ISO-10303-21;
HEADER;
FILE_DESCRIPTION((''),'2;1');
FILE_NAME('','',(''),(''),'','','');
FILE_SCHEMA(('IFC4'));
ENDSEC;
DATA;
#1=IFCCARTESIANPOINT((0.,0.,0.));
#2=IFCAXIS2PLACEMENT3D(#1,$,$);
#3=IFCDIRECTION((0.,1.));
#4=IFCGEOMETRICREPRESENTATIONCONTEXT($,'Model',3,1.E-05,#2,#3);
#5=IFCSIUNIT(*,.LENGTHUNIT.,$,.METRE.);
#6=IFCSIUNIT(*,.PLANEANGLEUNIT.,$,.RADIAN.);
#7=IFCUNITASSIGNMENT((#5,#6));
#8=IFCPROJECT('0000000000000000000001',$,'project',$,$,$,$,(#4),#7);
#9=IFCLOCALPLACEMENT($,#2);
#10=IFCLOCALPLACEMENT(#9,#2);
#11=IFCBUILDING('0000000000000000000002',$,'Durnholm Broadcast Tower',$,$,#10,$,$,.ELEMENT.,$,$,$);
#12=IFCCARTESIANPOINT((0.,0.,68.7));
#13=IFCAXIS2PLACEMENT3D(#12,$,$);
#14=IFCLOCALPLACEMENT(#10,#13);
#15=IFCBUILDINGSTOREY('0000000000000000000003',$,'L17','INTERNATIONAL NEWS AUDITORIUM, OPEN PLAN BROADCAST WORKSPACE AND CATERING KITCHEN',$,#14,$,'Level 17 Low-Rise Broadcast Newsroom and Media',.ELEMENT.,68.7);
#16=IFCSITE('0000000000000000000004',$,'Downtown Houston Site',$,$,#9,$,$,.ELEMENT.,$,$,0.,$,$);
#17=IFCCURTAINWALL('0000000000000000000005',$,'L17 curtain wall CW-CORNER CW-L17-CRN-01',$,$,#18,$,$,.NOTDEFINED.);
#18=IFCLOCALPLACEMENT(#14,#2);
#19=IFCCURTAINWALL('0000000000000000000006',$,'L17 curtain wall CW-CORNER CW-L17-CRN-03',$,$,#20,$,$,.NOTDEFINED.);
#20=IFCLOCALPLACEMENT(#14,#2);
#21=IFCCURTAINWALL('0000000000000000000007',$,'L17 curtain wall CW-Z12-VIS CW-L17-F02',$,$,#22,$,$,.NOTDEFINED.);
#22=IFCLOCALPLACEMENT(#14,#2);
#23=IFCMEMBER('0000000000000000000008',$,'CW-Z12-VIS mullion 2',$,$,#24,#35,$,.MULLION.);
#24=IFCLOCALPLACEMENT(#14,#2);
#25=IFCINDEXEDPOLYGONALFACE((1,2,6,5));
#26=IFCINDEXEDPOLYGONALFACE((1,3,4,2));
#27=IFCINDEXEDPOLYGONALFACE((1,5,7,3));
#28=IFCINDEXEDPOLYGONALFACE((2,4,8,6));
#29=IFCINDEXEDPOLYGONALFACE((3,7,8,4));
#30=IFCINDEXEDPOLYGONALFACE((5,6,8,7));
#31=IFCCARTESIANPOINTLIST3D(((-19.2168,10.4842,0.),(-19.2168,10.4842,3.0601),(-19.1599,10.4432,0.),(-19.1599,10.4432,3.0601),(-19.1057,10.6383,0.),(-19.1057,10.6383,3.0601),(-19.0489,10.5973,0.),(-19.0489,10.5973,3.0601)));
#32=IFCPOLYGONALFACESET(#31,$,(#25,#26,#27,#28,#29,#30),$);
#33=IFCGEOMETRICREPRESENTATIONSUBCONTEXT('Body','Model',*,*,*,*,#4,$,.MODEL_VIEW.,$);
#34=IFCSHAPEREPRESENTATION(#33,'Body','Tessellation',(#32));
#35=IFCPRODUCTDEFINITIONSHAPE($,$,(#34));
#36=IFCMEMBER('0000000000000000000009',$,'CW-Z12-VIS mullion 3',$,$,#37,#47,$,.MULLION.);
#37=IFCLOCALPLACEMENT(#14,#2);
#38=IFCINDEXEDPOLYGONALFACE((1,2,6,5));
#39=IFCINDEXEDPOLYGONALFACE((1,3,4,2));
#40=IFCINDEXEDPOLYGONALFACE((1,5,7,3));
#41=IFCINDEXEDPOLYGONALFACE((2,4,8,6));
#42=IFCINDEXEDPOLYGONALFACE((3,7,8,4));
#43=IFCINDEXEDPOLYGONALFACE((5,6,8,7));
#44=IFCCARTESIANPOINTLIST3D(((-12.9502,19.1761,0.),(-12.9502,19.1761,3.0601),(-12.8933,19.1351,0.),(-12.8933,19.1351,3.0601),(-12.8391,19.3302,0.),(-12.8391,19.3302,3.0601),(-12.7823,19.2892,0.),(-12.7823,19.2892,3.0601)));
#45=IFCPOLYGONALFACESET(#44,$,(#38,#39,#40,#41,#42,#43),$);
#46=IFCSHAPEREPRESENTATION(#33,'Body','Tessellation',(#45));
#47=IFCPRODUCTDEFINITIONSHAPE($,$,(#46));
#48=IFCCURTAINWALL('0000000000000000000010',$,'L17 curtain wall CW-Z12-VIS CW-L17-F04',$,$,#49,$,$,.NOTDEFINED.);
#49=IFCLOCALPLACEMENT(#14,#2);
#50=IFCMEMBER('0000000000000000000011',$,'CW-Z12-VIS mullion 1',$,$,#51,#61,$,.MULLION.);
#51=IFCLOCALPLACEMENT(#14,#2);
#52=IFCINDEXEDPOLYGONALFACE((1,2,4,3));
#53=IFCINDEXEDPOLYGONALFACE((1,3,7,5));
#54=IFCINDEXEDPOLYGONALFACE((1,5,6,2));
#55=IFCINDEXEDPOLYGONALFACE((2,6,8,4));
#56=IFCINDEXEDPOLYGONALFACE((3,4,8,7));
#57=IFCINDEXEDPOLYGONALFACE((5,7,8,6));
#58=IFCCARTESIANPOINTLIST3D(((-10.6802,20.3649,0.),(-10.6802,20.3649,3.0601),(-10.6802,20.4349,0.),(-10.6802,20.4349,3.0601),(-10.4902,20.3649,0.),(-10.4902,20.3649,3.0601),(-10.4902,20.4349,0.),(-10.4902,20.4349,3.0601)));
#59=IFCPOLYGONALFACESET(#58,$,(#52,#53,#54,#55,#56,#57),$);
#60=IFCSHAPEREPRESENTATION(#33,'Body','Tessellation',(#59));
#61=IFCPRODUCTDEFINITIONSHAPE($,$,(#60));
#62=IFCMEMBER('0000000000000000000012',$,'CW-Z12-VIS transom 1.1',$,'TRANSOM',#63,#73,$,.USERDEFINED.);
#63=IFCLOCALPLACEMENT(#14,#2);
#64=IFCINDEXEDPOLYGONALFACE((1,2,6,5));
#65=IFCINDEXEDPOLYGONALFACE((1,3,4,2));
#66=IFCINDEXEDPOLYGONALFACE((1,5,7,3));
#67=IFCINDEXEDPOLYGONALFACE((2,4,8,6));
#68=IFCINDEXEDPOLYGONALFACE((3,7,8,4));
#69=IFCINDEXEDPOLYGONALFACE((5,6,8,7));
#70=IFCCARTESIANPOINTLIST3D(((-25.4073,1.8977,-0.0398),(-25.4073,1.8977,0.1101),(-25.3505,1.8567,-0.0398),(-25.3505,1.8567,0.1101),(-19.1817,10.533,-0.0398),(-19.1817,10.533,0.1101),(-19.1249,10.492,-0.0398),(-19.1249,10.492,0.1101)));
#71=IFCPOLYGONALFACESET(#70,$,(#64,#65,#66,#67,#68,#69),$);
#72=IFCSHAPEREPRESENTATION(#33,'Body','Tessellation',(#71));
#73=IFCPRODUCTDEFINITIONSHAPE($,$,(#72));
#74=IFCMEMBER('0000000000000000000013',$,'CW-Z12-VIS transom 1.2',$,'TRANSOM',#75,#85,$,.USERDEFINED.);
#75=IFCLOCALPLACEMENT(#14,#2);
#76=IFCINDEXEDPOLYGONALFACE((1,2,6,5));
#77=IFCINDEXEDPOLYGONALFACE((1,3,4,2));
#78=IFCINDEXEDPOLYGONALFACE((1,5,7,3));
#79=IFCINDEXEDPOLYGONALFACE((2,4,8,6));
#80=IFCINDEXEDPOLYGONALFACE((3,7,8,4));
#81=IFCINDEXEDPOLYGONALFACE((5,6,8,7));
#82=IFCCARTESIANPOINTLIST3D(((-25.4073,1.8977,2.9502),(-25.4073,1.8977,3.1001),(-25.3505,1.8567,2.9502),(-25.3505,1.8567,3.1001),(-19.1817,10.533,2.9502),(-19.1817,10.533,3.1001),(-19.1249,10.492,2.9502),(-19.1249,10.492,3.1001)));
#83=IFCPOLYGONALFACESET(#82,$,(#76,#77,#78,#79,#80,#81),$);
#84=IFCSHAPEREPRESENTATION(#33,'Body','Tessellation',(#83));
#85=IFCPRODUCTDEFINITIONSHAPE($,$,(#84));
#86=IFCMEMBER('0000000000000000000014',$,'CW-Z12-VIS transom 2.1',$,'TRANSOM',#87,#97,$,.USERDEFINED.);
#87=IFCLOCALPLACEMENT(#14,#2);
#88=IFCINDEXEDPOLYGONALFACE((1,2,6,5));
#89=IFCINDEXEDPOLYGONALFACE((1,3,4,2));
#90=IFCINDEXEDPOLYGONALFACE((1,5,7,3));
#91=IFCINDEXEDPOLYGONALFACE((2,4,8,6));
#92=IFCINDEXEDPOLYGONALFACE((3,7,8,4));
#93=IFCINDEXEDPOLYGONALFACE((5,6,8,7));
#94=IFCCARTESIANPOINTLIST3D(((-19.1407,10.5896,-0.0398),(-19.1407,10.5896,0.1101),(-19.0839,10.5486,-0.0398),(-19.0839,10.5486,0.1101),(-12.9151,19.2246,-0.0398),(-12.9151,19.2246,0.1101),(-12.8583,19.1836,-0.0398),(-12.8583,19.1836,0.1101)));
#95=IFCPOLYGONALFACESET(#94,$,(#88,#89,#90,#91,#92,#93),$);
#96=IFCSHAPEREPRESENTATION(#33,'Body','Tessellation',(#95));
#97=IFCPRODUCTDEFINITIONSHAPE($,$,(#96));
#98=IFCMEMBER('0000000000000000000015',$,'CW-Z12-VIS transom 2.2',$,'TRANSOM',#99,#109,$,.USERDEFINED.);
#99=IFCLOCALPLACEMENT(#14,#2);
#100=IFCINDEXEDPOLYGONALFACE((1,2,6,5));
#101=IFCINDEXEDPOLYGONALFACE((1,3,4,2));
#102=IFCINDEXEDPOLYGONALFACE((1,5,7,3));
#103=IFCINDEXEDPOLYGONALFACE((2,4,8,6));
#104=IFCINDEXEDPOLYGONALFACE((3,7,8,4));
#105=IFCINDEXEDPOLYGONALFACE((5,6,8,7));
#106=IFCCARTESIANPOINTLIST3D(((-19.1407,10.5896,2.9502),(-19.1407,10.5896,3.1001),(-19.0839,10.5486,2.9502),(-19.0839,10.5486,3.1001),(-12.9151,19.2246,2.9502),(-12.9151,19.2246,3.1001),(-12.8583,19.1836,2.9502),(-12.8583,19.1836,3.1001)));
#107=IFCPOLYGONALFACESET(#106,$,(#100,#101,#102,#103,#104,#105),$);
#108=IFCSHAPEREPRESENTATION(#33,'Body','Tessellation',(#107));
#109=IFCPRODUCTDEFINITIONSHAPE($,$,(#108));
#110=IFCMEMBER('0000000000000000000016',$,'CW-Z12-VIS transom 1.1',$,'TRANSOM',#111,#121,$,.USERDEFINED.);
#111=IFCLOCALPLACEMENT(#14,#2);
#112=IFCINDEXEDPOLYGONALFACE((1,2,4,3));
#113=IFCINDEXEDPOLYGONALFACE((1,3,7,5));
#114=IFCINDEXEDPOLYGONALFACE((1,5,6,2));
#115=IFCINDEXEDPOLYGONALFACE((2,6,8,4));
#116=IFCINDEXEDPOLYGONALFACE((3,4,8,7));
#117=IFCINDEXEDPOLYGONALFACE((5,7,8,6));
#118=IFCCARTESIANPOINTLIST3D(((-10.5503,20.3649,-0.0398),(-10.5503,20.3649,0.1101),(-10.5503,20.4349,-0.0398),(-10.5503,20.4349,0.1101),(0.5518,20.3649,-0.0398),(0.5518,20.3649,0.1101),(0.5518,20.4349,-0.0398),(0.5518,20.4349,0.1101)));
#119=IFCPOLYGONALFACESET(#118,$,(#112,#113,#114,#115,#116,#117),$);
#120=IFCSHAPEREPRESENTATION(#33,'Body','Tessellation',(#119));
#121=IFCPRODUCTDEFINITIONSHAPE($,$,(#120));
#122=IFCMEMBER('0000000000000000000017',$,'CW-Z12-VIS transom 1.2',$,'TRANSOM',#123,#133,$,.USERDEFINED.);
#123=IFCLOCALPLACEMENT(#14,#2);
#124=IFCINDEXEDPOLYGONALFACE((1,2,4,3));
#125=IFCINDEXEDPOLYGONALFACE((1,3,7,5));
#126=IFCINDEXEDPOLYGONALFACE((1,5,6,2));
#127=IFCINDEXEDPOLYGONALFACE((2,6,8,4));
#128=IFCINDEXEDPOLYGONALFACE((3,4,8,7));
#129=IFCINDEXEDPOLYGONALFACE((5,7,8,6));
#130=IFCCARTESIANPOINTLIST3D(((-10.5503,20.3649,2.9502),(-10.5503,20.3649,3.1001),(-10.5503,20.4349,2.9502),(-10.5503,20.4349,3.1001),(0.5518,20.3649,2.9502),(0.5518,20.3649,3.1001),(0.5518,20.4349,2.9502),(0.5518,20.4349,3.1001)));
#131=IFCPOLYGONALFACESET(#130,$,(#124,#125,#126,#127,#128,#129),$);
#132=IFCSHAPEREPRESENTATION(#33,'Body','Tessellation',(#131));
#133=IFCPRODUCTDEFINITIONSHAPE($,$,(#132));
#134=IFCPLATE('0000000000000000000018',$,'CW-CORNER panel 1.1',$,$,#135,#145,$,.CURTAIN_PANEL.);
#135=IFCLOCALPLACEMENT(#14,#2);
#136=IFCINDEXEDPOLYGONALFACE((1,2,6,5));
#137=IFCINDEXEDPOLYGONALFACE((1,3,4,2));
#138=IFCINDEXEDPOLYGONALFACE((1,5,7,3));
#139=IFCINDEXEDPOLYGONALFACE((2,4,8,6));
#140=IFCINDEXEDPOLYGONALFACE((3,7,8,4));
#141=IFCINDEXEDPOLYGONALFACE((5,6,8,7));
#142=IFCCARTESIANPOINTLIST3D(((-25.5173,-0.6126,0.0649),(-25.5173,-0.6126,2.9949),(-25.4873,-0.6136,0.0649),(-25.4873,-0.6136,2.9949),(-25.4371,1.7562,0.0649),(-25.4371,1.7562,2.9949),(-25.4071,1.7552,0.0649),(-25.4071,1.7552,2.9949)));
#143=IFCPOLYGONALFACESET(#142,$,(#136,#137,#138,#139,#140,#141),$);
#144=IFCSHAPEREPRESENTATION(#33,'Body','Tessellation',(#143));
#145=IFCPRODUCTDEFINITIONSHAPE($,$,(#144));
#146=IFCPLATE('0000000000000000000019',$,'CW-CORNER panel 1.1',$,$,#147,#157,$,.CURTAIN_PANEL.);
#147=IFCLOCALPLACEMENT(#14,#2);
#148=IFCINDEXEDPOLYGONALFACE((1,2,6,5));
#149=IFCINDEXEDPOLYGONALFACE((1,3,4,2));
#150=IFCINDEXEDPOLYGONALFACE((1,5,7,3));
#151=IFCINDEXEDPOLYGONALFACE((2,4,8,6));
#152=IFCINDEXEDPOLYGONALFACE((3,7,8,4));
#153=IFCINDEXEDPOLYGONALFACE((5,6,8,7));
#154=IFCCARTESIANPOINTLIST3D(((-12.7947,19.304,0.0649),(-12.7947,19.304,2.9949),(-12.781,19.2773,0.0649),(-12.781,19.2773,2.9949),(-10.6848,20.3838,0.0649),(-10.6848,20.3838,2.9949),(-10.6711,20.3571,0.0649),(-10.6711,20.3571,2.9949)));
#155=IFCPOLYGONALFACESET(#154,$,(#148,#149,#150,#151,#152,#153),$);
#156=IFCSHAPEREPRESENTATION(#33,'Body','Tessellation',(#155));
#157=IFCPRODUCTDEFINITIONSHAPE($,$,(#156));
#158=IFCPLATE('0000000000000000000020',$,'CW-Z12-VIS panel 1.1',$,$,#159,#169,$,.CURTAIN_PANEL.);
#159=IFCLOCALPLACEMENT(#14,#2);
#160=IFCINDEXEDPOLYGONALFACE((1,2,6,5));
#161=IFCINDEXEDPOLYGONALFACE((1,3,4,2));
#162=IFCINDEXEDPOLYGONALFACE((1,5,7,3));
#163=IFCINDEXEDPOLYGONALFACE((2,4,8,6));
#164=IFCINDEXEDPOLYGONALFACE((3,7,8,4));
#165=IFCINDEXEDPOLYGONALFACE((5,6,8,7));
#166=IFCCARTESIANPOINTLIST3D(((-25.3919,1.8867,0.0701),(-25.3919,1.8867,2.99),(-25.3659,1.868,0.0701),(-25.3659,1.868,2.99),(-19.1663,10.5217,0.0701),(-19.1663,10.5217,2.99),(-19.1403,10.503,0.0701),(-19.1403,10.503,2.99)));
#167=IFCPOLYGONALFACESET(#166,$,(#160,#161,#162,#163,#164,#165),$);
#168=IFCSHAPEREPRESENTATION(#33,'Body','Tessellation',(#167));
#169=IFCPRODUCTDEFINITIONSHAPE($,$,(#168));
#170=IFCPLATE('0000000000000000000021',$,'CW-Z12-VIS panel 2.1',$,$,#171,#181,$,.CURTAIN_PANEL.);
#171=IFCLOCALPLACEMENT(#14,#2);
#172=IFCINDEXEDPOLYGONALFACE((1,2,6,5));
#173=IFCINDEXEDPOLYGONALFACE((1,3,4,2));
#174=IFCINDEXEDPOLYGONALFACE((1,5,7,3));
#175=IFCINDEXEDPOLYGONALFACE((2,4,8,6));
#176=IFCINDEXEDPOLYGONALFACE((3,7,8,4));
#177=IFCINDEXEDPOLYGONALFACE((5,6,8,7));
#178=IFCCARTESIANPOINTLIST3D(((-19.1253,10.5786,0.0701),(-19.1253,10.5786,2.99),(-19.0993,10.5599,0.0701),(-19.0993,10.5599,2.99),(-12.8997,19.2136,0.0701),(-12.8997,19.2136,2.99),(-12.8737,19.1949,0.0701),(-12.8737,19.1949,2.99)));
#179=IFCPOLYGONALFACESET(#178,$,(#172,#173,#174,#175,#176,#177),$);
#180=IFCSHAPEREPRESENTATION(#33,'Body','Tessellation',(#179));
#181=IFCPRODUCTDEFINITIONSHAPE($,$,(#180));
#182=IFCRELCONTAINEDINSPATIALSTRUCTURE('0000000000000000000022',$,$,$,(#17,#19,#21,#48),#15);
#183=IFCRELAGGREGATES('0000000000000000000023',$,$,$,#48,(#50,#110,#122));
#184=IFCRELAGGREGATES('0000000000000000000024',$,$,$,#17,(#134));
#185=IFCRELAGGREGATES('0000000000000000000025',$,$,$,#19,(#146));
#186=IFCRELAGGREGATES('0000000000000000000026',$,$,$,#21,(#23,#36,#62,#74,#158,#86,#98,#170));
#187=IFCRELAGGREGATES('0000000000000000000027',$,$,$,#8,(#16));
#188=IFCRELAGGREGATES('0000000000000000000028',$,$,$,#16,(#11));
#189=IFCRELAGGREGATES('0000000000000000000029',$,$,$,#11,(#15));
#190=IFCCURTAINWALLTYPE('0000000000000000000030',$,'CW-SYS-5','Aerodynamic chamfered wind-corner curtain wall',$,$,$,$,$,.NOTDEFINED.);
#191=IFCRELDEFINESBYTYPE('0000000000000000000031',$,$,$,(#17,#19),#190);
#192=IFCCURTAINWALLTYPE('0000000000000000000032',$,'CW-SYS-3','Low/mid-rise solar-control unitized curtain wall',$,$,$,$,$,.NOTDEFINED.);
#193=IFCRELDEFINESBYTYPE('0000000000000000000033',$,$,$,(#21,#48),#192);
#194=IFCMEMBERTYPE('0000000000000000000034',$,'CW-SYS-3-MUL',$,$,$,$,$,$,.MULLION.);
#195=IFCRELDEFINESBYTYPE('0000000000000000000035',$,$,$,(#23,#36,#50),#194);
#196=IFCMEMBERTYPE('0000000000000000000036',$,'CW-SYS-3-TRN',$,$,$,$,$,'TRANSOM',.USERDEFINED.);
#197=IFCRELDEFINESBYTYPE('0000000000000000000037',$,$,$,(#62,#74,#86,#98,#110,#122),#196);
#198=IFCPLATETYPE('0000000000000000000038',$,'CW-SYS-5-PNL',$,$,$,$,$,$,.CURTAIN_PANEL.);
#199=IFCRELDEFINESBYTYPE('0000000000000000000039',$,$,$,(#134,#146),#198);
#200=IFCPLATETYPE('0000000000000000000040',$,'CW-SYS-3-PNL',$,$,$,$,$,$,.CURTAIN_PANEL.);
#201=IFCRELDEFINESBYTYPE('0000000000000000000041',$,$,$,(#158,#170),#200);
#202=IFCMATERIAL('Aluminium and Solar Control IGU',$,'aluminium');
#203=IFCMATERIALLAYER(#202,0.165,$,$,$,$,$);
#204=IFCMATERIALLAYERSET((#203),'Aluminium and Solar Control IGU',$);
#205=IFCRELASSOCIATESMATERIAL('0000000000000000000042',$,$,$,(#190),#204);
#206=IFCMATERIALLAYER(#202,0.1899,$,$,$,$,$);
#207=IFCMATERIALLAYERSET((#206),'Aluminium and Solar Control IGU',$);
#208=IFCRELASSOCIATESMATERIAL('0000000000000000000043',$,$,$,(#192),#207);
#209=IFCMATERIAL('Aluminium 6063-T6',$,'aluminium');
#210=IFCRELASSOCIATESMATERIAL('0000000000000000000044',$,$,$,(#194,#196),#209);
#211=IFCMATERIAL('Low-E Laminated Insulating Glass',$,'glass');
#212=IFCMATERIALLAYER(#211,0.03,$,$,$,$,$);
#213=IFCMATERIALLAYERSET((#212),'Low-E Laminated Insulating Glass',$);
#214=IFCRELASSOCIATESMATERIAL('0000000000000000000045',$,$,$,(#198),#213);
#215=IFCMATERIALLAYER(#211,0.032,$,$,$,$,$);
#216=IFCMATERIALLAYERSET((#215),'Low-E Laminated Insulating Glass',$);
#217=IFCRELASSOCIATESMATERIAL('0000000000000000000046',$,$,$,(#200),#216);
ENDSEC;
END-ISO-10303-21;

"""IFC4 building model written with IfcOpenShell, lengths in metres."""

from ifc_helpers import new_model, si_unit, direction, frame, origin, origin_2d, place, context, subcontext, project, spatial, rectangle, extrude, source, transform, mapped, material, layer, layer_set, material_profile, profile_set, type_object, type_shapes, element, aggregate, save


model = new_model("IFC4")

# Units and contexts
model_context = context("Model", 3, precision=1e-05, world=origin(), true_north=direction((0.0, 1.0)))
body_context = subcontext(model_context, "Body", "Model", "MODEL_VIEW")
ifc_project = project(units=[si_unit("LENGTHUNIT", "METRE"), si_unit("PLANEANGLEUNIT", "RADIAN")], contexts=[model_context])

# Site, building, storey
site_placement = place(None, origin())
site = spatial("IfcSite", under=ifc_project, at=site_placement, Name="Downtown Houston Site", CompositionType="ELEMENT", RefElevation=0.0)
building_placement = place(site_placement, origin())
building = spatial("IfcBuilding", under=site, at=building_placement, Name="Durnholm Broadcast Tower", CompositionType="ELEMENT")
storey_placement = place(building_placement, frame((0.0, 0.0, 68.7)))
storey = spatial("IfcBuildingStorey", under=building, at=storey_placement, Name="L17", Description="INTERNATIONAL NEWS AUDITORIUM, OPEN PLAN BROADCAST WORKSPACE AND CATERING KITCHEN", LongName="Level 17 Low-Rise Broadcast Newsroom and Media", CompositionType="ELEMENT", Elevation=68.7)

# Curtain wall
ifc_material_1 = material(Name="Aluminium and Solar Control IGU", Category="aluminium")
ifc_layer_1 = layer(ifc_material_1, 0.165)
ifc_layer_set_1 = layer_set([ifc_layer_1], Name="Aluminium and Solar Control IGU")
curtain_wall_type_1 = type_object("IfcCurtainWallType", Name="CW-SYS-5", Description="Aerodynamic chamfered wind-corner curtain wall", PredefinedType="NOTDEFINED", material=ifc_layer_set_1)
curtain_wall_1_placement = place(storey_placement, origin())
curtain_wall_1 = element("IfcCurtainWall", 1, at=curtain_wall_1_placement, inside=storey, type_object=curtain_wall_type_1, Name="L17 curtain wall CW-CORNER CW-L17-CRN-01", PredefinedType="NOTDEFINED")
ifc_material_2 = material(Name="Aluminium 6063-T6", Category="aluminium")

# Curtain walls, members
curtain_wall_2_placement = place(storey_placement, origin())
curtain_wall_2 = element("IfcCurtainWall", 2, at=curtain_wall_2_placement, inside=storey, type_object=curtain_wall_type_1, Name="L17 curtain wall CW-CORNER CW-L17-CRN-03", PredefinedType="NOTDEFINED")
ifc_layer_2 = layer(ifc_material_1, 0.1899)
ifc_layer_set_2 = layer_set([ifc_layer_2], Name="Aluminium and Solar Control IGU")
curtain_wall_type_2 = type_object("IfcCurtainWallType", Name="CW-SYS-3", Description="Low/mid-rise solar-control unitized curtain wall", PredefinedType="NOTDEFINED", material=ifc_layer_set_2)
curtain_wall_3_placement = place(storey_placement, origin())
curtain_wall_3 = element("IfcCurtainWall", 3, at=curtain_wall_3_placement, inside=storey, type_object=curtain_wall_type_2, Name="L17 curtain wall CW-Z12-VIS CW-L17-F02", PredefinedType="NOTDEFINED")
ifc_material_profile_1 = material_profile(ifc_material_2, rectangle(XDim=0.0701, YDim=0.1899, at=origin_2d()), Name="CWM70X190")
ifc_profile_set_1 = profile_set([ifc_material_profile_1], Name="Aluminium 6063-T6")
member_type_1 = type_object("IfcMemberType", Name="CW-SYS-3-MUL", PredefinedType="MULLION", material=ifc_profile_set_1)
shared_shape_1 = source(origin(), body_context, "Body", "SweptSolid", [
    extrude(rectangle(XDim=0.0701, YDim=0.1899, at=origin_2d()), origin(), (0.0, 0.0, 1.0), 3.0601),
])
type_shapes(member_type_1, [shared_shape_1])
member_1_placement = place(storey_placement, frame((-19.1328, 10.5408, 0.0), z_axis=(0.0, 0.0, 1.0), x_axis=(-0.811161, 0.584823, 0.0)))
member_1 = element("IfcMember", 4, at=member_1_placement, type_object=member_type_1, Name="CW-Z12-VIS mullion 2", PredefinedType="MULLION", context=body_context, shape_type="MappedRepresentation", body=[
    mapped(shared_shape_1, transform((0.0, 0.0, 0.0), x_axis=(1.0, 0.0, 0.0), y_axis=(0.0, 1.0, 0.0), z_axis=(0.0, 0.0, 1.0), scale=1.0)),
])
member_2_placement = place(storey_placement, frame((-12.8662, 19.2327, 0.0), z_axis=(0.0, 0.0, 1.0), x_axis=(-0.811161, 0.584823, 0.0)))
member_2 = element("IfcMember", 5, at=member_2_placement, type_object=member_type_1, Name="CW-Z12-VIS mullion 3", PredefinedType="MULLION", context=body_context, shape_type="MappedRepresentation", body=[
    mapped(shared_shape_1, transform((0.0, 0.0, 0.0), x_axis=(1.0, 0.0, 0.0), y_axis=(0.0, 1.0, 0.0), z_axis=(0.0, 0.0, 1.0), scale=1.0)),
])

# Curtain wall, member
curtain_wall_4_placement = place(storey_placement, origin())
curtain_wall_4 = element("IfcCurtainWall", 6, at=curtain_wall_4_placement, inside=storey, type_object=curtain_wall_type_2, Name="L17 curtain wall CW-Z12-VIS CW-L17-F04", PredefinedType="NOTDEFINED")
member_3_placement = place(storey_placement, frame((-10.5852, 20.3999, 0.0), z_axis=(0.0, 0.0, 1.0), x_axis=(0.0, 1.0, 0.0)))
member_3 = element("IfcMember", 7, at=member_3_placement, type_object=member_type_1, Name="CW-Z12-VIS mullion 1", PredefinedType="MULLION", context=body_context, shape_type="MappedRepresentation", body=[
    mapped(shared_shape_1, transform((0.0, 0.0, 0.0), x_axis=(1.0, 0.0, 0.0), y_axis=(0.0, 1.0, 0.0), z_axis=(0.0, 0.0, 1.0), scale=1.0)),
])

# Members
ifc_material_profile_2 = material_profile(ifc_material_2, rectangle(XDim=0.0701, YDim=0.1499, at=origin_2d()), Name="CWT70X150")
ifc_profile_set_2 = profile_set([ifc_material_profile_2], Name="Aluminium 6063-T6")
member_type_2 = type_object("IfcMemberType", Name="CW-SYS-3-TRN", ElementType="TRANSOM", PredefinedType="USERDEFINED", material=ifc_profile_set_2)
shared_shape_2 = source(origin(), body_context, "Body", "SweptSolid", [
    extrude(rectangle(XDim=0.0701, YDim=0.1499, at=origin_2d()), origin(), (0.0, 0.0, 1.0), 10.6455),
])
member_4_placement = place(storey_placement, frame((-25.3789, 1.8772, 0.0352), z_axis=(0.584812, 0.811169, 0.0), x_axis=(-0.811169, 0.584812, 0.0)))
member_4 = element("IfcMember", 8, at=member_4_placement, type_object=member_type_2, Name="CW-Z12-VIS transom 1.1", ObjectType="TRANSOM", PredefinedType="USERDEFINED", context=body_context, shape_type="MappedRepresentation", body=[
    mapped(shared_shape_2, transform((0.0, 0.0, 0.0), x_axis=(1.0, 0.0, 0.0), y_axis=(0.0, 1.0, 0.0), z_axis=(0.0, 0.0, 1.0), scale=1.0)),
])
member_5_placement = place(storey_placement, frame((-25.3789, 1.8772, 3.0251), z_axis=(0.584812, 0.811169, 0.0), x_axis=(-0.811169, 0.584812, 0.0)))
member_5 = element("IfcMember", 9, at=member_5_placement, type_object=member_type_2, Name="CW-Z12-VIS transom 1.2", ObjectType="TRANSOM", PredefinedType="USERDEFINED", context=body_context, shape_type="MappedRepresentation", body=[
    mapped(shared_shape_2, transform((0.0, 0.0, 0.0), x_axis=(1.0, 0.0, 0.0), y_axis=(0.0, 1.0, 0.0), z_axis=(0.0, 0.0, 1.0), scale=1.0)),
])
shared_shape_3 = source(origin(), body_context, "Body", "SweptSolid", [
    extrude(rectangle(XDim=0.0701, YDim=0.1499, at=origin_2d()), origin(), (0.0, 0.0, 1.0), 10.6453),
])
member_6_placement = place(storey_placement, frame((-19.1123, 10.5691, 0.0352), z_axis=(0.584823, 0.811161, 0.0), x_axis=(-0.811161, 0.584823, 0.0)))
member_6 = element("IfcMember", 10, at=member_6_placement, type_object=member_type_2, Name="CW-Z12-VIS transom 2.1", ObjectType="TRANSOM", PredefinedType="USERDEFINED", context=body_context, shape_type="MappedRepresentation", body=[
    mapped(shared_shape_3, transform((0.0, 0.0, 0.0), x_axis=(1.0, 0.0, 0.0), y_axis=(0.0, 1.0, 0.0), z_axis=(0.0, 0.0, 1.0), scale=1.0)),
])
member_7_placement = place(storey_placement, frame((-19.1123, 10.5691, 3.0251), z_axis=(0.584823, 0.811161, 0.0), x_axis=(-0.811161, 0.584823, 0.0)))
member_7 = element("IfcMember", 11, at=member_7_placement, type_object=member_type_2, Name="CW-Z12-VIS transom 2.2", ObjectType="TRANSOM", PredefinedType="USERDEFINED", context=body_context, shape_type="MappedRepresentation", body=[
    mapped(shared_shape_3, transform((0.0, 0.0, 0.0), x_axis=(1.0, 0.0, 0.0), y_axis=(0.0, 1.0, 0.0), z_axis=(0.0, 0.0, 1.0), scale=1.0)),
])
shared_shape_4 = source(origin(), body_context, "Body", "SweptSolid", [
    extrude(rectangle(XDim=0.0701, YDim=0.1499, at=origin_2d()), origin(), (0.0, 0.0, 1.0), 11.1021),
])
type_shapes(member_type_2, [shared_shape_2, shared_shape_3, shared_shape_4])
member_8_placement = place(storey_placement, frame((-10.5503, 20.3999, 0.0352), z_axis=(1.0, 0.0, 0.0), x_axis=(0.0, 1.0, 0.0)))
member_8 = element("IfcMember", 12, at=member_8_placement, type_object=member_type_2, Name="CW-Z12-VIS transom 1.1", ObjectType="TRANSOM", PredefinedType="USERDEFINED", context=body_context, shape_type="MappedRepresentation", body=[
    mapped(shared_shape_4, transform((0.0, 0.0, 0.0), x_axis=(1.0, 0.0, 0.0), y_axis=(0.0, 1.0, 0.0), z_axis=(0.0, 0.0, 1.0), scale=1.0)),
])
member_9_placement = place(storey_placement, frame((-10.5503, 20.3999, 3.0251), z_axis=(1.0, 0.0, 0.0), x_axis=(0.0, 1.0, 0.0)))
member_9 = element("IfcMember", 13, at=member_9_placement, type_object=member_type_2, Name="CW-Z12-VIS transom 1.2", ObjectType="TRANSOM", PredefinedType="USERDEFINED", context=body_context, shape_type="MappedRepresentation", body=[
    mapped(shared_shape_4, transform((0.0, 0.0, 0.0), x_axis=(1.0, 0.0, 0.0), y_axis=(0.0, 1.0, 0.0), z_axis=(0.0, 0.0, 1.0), scale=1.0)),
])
aggregate(curtain_wall_4, [member_3, member_8, member_9])

# Plates
ifc_material_3 = material(Name="Low-E Laminated Insulating Glass", Category="glass")
ifc_layer_3 = layer(ifc_material_3, 0.03)
ifc_layer_set_3 = layer_set([ifc_layer_3], Name="Low-E Laminated Insulating Glass")
plate_type_1 = type_object("IfcPlateType", Name="CW-SYS-5-PNL", PredefinedType="CURTAIN_PANEL", material=ifc_layer_set_3)
shared_shape_5 = source(origin(), body_context, "Body", "SweptSolid", [
    extrude(rectangle(XDim=2.3701, YDim=0.03, at=origin_2d()), origin(), (0.0, 0.0, 1.0), 2.9299),
])
type_shapes(plate_type_1, [shared_shape_5])
plate_1_placement = place(storey_placement, frame((-25.4622, 0.5713, 0.0649), z_axis=(0.0, 0.0, 1.0), x_axis=(0.03384, 0.999427, 0.0)))
plate_1 = element("IfcPlate", 14, at=plate_1_placement, type_object=plate_type_1, Name="CW-CORNER panel 1.1", PredefinedType="CURTAIN_PANEL", context=body_context, shape_type="MappedRepresentation", body=[
    mapped(shared_shape_5, transform((0.0, 0.0, 0.0), x_axis=(1.0, 0.0, 0.0), y_axis=(0.0, 1.0, 0.0), z_axis=(0.0, 0.0, 1.0), scale=1.0)),
])
aggregate(curtain_wall_1, [plate_1])
plate_2_placement = place(storey_placement, frame((-11.7329, 19.8306, 0.0649), z_axis=(0.0, 0.0, 1.0), x_axis=(0.890188, 0.455594, 0.0)))
plate_2 = element("IfcPlate", 15, at=plate_2_placement, type_object=plate_type_1, Name="CW-CORNER panel 1.1", PredefinedType="CURTAIN_PANEL", context=body_context, shape_type="MappedRepresentation", body=[
    mapped(shared_shape_5, transform((0.0, 0.0, 0.0), x_axis=(1.0, 0.0, 0.0), y_axis=(0.0, 1.0, 0.0), z_axis=(0.0, 0.0, 1.0), scale=1.0)),
])
aggregate(curtain_wall_2, [plate_2])
ifc_layer_4 = layer(ifc_material_3, 0.032)
ifc_layer_set_4 = layer_set([ifc_layer_4], Name="Low-E Laminated Insulating Glass")
plate_type_2 = type_object("IfcPlateType", Name="CW-SYS-3-PNL", PredefinedType="CURTAIN_PANEL", material=ifc_layer_set_4)
shared_shape_6 = source(origin(), body_context, "Body", "SweptSolid", [
    extrude(rectangle(XDim=10.6453, YDim=0.032, at=origin_2d()), origin(), (0.0, 0.0, 1.0), 2.9199),
])
type_shapes(plate_type_2, [shared_shape_6])
plate_3_placement = place(storey_placement, frame((-22.2661, 6.1948, 0.0701), z_axis=(0.0, 0.0, 1.0), x_axis=(0.584823, 0.811161, 0.0)))
plate_3 = element("IfcPlate", 16, at=plate_3_placement, type_object=plate_type_2, Name="CW-Z12-VIS panel 1.1", PredefinedType="CURTAIN_PANEL", context=body_context, shape_type="MappedRepresentation", body=[
    mapped(shared_shape_6, transform((0.0, 0.0, 0.0), x_axis=(1.0, 0.0, 0.0), y_axis=(0.0, 1.0, 0.0), z_axis=(0.0, 0.0, 1.0), scale=1.0)),
])
plate_4_placement = place(storey_placement, frame((-15.9995, 14.8867, 0.0701), z_axis=(0.0, 0.0, 1.0), x_axis=(0.584823, 0.811161, 0.0)))
plate_4 = element("IfcPlate", 17, at=plate_4_placement, type_object=plate_type_2, Name="CW-Z12-VIS panel 2.1", PredefinedType="CURTAIN_PANEL", context=body_context, shape_type="MappedRepresentation", body=[
    mapped(shared_shape_6, transform((0.0, 0.0, 0.0), x_axis=(1.0, 0.0, 0.0), y_axis=(0.0, 1.0, 0.0), z_axis=(0.0, 0.0, 1.0), scale=1.0)),
])
aggregate(curtain_wall_3, [member_1, member_2, member_4, member_5, plate_3, member_6, member_7, plate_4])

save(model, "model.ifc")
